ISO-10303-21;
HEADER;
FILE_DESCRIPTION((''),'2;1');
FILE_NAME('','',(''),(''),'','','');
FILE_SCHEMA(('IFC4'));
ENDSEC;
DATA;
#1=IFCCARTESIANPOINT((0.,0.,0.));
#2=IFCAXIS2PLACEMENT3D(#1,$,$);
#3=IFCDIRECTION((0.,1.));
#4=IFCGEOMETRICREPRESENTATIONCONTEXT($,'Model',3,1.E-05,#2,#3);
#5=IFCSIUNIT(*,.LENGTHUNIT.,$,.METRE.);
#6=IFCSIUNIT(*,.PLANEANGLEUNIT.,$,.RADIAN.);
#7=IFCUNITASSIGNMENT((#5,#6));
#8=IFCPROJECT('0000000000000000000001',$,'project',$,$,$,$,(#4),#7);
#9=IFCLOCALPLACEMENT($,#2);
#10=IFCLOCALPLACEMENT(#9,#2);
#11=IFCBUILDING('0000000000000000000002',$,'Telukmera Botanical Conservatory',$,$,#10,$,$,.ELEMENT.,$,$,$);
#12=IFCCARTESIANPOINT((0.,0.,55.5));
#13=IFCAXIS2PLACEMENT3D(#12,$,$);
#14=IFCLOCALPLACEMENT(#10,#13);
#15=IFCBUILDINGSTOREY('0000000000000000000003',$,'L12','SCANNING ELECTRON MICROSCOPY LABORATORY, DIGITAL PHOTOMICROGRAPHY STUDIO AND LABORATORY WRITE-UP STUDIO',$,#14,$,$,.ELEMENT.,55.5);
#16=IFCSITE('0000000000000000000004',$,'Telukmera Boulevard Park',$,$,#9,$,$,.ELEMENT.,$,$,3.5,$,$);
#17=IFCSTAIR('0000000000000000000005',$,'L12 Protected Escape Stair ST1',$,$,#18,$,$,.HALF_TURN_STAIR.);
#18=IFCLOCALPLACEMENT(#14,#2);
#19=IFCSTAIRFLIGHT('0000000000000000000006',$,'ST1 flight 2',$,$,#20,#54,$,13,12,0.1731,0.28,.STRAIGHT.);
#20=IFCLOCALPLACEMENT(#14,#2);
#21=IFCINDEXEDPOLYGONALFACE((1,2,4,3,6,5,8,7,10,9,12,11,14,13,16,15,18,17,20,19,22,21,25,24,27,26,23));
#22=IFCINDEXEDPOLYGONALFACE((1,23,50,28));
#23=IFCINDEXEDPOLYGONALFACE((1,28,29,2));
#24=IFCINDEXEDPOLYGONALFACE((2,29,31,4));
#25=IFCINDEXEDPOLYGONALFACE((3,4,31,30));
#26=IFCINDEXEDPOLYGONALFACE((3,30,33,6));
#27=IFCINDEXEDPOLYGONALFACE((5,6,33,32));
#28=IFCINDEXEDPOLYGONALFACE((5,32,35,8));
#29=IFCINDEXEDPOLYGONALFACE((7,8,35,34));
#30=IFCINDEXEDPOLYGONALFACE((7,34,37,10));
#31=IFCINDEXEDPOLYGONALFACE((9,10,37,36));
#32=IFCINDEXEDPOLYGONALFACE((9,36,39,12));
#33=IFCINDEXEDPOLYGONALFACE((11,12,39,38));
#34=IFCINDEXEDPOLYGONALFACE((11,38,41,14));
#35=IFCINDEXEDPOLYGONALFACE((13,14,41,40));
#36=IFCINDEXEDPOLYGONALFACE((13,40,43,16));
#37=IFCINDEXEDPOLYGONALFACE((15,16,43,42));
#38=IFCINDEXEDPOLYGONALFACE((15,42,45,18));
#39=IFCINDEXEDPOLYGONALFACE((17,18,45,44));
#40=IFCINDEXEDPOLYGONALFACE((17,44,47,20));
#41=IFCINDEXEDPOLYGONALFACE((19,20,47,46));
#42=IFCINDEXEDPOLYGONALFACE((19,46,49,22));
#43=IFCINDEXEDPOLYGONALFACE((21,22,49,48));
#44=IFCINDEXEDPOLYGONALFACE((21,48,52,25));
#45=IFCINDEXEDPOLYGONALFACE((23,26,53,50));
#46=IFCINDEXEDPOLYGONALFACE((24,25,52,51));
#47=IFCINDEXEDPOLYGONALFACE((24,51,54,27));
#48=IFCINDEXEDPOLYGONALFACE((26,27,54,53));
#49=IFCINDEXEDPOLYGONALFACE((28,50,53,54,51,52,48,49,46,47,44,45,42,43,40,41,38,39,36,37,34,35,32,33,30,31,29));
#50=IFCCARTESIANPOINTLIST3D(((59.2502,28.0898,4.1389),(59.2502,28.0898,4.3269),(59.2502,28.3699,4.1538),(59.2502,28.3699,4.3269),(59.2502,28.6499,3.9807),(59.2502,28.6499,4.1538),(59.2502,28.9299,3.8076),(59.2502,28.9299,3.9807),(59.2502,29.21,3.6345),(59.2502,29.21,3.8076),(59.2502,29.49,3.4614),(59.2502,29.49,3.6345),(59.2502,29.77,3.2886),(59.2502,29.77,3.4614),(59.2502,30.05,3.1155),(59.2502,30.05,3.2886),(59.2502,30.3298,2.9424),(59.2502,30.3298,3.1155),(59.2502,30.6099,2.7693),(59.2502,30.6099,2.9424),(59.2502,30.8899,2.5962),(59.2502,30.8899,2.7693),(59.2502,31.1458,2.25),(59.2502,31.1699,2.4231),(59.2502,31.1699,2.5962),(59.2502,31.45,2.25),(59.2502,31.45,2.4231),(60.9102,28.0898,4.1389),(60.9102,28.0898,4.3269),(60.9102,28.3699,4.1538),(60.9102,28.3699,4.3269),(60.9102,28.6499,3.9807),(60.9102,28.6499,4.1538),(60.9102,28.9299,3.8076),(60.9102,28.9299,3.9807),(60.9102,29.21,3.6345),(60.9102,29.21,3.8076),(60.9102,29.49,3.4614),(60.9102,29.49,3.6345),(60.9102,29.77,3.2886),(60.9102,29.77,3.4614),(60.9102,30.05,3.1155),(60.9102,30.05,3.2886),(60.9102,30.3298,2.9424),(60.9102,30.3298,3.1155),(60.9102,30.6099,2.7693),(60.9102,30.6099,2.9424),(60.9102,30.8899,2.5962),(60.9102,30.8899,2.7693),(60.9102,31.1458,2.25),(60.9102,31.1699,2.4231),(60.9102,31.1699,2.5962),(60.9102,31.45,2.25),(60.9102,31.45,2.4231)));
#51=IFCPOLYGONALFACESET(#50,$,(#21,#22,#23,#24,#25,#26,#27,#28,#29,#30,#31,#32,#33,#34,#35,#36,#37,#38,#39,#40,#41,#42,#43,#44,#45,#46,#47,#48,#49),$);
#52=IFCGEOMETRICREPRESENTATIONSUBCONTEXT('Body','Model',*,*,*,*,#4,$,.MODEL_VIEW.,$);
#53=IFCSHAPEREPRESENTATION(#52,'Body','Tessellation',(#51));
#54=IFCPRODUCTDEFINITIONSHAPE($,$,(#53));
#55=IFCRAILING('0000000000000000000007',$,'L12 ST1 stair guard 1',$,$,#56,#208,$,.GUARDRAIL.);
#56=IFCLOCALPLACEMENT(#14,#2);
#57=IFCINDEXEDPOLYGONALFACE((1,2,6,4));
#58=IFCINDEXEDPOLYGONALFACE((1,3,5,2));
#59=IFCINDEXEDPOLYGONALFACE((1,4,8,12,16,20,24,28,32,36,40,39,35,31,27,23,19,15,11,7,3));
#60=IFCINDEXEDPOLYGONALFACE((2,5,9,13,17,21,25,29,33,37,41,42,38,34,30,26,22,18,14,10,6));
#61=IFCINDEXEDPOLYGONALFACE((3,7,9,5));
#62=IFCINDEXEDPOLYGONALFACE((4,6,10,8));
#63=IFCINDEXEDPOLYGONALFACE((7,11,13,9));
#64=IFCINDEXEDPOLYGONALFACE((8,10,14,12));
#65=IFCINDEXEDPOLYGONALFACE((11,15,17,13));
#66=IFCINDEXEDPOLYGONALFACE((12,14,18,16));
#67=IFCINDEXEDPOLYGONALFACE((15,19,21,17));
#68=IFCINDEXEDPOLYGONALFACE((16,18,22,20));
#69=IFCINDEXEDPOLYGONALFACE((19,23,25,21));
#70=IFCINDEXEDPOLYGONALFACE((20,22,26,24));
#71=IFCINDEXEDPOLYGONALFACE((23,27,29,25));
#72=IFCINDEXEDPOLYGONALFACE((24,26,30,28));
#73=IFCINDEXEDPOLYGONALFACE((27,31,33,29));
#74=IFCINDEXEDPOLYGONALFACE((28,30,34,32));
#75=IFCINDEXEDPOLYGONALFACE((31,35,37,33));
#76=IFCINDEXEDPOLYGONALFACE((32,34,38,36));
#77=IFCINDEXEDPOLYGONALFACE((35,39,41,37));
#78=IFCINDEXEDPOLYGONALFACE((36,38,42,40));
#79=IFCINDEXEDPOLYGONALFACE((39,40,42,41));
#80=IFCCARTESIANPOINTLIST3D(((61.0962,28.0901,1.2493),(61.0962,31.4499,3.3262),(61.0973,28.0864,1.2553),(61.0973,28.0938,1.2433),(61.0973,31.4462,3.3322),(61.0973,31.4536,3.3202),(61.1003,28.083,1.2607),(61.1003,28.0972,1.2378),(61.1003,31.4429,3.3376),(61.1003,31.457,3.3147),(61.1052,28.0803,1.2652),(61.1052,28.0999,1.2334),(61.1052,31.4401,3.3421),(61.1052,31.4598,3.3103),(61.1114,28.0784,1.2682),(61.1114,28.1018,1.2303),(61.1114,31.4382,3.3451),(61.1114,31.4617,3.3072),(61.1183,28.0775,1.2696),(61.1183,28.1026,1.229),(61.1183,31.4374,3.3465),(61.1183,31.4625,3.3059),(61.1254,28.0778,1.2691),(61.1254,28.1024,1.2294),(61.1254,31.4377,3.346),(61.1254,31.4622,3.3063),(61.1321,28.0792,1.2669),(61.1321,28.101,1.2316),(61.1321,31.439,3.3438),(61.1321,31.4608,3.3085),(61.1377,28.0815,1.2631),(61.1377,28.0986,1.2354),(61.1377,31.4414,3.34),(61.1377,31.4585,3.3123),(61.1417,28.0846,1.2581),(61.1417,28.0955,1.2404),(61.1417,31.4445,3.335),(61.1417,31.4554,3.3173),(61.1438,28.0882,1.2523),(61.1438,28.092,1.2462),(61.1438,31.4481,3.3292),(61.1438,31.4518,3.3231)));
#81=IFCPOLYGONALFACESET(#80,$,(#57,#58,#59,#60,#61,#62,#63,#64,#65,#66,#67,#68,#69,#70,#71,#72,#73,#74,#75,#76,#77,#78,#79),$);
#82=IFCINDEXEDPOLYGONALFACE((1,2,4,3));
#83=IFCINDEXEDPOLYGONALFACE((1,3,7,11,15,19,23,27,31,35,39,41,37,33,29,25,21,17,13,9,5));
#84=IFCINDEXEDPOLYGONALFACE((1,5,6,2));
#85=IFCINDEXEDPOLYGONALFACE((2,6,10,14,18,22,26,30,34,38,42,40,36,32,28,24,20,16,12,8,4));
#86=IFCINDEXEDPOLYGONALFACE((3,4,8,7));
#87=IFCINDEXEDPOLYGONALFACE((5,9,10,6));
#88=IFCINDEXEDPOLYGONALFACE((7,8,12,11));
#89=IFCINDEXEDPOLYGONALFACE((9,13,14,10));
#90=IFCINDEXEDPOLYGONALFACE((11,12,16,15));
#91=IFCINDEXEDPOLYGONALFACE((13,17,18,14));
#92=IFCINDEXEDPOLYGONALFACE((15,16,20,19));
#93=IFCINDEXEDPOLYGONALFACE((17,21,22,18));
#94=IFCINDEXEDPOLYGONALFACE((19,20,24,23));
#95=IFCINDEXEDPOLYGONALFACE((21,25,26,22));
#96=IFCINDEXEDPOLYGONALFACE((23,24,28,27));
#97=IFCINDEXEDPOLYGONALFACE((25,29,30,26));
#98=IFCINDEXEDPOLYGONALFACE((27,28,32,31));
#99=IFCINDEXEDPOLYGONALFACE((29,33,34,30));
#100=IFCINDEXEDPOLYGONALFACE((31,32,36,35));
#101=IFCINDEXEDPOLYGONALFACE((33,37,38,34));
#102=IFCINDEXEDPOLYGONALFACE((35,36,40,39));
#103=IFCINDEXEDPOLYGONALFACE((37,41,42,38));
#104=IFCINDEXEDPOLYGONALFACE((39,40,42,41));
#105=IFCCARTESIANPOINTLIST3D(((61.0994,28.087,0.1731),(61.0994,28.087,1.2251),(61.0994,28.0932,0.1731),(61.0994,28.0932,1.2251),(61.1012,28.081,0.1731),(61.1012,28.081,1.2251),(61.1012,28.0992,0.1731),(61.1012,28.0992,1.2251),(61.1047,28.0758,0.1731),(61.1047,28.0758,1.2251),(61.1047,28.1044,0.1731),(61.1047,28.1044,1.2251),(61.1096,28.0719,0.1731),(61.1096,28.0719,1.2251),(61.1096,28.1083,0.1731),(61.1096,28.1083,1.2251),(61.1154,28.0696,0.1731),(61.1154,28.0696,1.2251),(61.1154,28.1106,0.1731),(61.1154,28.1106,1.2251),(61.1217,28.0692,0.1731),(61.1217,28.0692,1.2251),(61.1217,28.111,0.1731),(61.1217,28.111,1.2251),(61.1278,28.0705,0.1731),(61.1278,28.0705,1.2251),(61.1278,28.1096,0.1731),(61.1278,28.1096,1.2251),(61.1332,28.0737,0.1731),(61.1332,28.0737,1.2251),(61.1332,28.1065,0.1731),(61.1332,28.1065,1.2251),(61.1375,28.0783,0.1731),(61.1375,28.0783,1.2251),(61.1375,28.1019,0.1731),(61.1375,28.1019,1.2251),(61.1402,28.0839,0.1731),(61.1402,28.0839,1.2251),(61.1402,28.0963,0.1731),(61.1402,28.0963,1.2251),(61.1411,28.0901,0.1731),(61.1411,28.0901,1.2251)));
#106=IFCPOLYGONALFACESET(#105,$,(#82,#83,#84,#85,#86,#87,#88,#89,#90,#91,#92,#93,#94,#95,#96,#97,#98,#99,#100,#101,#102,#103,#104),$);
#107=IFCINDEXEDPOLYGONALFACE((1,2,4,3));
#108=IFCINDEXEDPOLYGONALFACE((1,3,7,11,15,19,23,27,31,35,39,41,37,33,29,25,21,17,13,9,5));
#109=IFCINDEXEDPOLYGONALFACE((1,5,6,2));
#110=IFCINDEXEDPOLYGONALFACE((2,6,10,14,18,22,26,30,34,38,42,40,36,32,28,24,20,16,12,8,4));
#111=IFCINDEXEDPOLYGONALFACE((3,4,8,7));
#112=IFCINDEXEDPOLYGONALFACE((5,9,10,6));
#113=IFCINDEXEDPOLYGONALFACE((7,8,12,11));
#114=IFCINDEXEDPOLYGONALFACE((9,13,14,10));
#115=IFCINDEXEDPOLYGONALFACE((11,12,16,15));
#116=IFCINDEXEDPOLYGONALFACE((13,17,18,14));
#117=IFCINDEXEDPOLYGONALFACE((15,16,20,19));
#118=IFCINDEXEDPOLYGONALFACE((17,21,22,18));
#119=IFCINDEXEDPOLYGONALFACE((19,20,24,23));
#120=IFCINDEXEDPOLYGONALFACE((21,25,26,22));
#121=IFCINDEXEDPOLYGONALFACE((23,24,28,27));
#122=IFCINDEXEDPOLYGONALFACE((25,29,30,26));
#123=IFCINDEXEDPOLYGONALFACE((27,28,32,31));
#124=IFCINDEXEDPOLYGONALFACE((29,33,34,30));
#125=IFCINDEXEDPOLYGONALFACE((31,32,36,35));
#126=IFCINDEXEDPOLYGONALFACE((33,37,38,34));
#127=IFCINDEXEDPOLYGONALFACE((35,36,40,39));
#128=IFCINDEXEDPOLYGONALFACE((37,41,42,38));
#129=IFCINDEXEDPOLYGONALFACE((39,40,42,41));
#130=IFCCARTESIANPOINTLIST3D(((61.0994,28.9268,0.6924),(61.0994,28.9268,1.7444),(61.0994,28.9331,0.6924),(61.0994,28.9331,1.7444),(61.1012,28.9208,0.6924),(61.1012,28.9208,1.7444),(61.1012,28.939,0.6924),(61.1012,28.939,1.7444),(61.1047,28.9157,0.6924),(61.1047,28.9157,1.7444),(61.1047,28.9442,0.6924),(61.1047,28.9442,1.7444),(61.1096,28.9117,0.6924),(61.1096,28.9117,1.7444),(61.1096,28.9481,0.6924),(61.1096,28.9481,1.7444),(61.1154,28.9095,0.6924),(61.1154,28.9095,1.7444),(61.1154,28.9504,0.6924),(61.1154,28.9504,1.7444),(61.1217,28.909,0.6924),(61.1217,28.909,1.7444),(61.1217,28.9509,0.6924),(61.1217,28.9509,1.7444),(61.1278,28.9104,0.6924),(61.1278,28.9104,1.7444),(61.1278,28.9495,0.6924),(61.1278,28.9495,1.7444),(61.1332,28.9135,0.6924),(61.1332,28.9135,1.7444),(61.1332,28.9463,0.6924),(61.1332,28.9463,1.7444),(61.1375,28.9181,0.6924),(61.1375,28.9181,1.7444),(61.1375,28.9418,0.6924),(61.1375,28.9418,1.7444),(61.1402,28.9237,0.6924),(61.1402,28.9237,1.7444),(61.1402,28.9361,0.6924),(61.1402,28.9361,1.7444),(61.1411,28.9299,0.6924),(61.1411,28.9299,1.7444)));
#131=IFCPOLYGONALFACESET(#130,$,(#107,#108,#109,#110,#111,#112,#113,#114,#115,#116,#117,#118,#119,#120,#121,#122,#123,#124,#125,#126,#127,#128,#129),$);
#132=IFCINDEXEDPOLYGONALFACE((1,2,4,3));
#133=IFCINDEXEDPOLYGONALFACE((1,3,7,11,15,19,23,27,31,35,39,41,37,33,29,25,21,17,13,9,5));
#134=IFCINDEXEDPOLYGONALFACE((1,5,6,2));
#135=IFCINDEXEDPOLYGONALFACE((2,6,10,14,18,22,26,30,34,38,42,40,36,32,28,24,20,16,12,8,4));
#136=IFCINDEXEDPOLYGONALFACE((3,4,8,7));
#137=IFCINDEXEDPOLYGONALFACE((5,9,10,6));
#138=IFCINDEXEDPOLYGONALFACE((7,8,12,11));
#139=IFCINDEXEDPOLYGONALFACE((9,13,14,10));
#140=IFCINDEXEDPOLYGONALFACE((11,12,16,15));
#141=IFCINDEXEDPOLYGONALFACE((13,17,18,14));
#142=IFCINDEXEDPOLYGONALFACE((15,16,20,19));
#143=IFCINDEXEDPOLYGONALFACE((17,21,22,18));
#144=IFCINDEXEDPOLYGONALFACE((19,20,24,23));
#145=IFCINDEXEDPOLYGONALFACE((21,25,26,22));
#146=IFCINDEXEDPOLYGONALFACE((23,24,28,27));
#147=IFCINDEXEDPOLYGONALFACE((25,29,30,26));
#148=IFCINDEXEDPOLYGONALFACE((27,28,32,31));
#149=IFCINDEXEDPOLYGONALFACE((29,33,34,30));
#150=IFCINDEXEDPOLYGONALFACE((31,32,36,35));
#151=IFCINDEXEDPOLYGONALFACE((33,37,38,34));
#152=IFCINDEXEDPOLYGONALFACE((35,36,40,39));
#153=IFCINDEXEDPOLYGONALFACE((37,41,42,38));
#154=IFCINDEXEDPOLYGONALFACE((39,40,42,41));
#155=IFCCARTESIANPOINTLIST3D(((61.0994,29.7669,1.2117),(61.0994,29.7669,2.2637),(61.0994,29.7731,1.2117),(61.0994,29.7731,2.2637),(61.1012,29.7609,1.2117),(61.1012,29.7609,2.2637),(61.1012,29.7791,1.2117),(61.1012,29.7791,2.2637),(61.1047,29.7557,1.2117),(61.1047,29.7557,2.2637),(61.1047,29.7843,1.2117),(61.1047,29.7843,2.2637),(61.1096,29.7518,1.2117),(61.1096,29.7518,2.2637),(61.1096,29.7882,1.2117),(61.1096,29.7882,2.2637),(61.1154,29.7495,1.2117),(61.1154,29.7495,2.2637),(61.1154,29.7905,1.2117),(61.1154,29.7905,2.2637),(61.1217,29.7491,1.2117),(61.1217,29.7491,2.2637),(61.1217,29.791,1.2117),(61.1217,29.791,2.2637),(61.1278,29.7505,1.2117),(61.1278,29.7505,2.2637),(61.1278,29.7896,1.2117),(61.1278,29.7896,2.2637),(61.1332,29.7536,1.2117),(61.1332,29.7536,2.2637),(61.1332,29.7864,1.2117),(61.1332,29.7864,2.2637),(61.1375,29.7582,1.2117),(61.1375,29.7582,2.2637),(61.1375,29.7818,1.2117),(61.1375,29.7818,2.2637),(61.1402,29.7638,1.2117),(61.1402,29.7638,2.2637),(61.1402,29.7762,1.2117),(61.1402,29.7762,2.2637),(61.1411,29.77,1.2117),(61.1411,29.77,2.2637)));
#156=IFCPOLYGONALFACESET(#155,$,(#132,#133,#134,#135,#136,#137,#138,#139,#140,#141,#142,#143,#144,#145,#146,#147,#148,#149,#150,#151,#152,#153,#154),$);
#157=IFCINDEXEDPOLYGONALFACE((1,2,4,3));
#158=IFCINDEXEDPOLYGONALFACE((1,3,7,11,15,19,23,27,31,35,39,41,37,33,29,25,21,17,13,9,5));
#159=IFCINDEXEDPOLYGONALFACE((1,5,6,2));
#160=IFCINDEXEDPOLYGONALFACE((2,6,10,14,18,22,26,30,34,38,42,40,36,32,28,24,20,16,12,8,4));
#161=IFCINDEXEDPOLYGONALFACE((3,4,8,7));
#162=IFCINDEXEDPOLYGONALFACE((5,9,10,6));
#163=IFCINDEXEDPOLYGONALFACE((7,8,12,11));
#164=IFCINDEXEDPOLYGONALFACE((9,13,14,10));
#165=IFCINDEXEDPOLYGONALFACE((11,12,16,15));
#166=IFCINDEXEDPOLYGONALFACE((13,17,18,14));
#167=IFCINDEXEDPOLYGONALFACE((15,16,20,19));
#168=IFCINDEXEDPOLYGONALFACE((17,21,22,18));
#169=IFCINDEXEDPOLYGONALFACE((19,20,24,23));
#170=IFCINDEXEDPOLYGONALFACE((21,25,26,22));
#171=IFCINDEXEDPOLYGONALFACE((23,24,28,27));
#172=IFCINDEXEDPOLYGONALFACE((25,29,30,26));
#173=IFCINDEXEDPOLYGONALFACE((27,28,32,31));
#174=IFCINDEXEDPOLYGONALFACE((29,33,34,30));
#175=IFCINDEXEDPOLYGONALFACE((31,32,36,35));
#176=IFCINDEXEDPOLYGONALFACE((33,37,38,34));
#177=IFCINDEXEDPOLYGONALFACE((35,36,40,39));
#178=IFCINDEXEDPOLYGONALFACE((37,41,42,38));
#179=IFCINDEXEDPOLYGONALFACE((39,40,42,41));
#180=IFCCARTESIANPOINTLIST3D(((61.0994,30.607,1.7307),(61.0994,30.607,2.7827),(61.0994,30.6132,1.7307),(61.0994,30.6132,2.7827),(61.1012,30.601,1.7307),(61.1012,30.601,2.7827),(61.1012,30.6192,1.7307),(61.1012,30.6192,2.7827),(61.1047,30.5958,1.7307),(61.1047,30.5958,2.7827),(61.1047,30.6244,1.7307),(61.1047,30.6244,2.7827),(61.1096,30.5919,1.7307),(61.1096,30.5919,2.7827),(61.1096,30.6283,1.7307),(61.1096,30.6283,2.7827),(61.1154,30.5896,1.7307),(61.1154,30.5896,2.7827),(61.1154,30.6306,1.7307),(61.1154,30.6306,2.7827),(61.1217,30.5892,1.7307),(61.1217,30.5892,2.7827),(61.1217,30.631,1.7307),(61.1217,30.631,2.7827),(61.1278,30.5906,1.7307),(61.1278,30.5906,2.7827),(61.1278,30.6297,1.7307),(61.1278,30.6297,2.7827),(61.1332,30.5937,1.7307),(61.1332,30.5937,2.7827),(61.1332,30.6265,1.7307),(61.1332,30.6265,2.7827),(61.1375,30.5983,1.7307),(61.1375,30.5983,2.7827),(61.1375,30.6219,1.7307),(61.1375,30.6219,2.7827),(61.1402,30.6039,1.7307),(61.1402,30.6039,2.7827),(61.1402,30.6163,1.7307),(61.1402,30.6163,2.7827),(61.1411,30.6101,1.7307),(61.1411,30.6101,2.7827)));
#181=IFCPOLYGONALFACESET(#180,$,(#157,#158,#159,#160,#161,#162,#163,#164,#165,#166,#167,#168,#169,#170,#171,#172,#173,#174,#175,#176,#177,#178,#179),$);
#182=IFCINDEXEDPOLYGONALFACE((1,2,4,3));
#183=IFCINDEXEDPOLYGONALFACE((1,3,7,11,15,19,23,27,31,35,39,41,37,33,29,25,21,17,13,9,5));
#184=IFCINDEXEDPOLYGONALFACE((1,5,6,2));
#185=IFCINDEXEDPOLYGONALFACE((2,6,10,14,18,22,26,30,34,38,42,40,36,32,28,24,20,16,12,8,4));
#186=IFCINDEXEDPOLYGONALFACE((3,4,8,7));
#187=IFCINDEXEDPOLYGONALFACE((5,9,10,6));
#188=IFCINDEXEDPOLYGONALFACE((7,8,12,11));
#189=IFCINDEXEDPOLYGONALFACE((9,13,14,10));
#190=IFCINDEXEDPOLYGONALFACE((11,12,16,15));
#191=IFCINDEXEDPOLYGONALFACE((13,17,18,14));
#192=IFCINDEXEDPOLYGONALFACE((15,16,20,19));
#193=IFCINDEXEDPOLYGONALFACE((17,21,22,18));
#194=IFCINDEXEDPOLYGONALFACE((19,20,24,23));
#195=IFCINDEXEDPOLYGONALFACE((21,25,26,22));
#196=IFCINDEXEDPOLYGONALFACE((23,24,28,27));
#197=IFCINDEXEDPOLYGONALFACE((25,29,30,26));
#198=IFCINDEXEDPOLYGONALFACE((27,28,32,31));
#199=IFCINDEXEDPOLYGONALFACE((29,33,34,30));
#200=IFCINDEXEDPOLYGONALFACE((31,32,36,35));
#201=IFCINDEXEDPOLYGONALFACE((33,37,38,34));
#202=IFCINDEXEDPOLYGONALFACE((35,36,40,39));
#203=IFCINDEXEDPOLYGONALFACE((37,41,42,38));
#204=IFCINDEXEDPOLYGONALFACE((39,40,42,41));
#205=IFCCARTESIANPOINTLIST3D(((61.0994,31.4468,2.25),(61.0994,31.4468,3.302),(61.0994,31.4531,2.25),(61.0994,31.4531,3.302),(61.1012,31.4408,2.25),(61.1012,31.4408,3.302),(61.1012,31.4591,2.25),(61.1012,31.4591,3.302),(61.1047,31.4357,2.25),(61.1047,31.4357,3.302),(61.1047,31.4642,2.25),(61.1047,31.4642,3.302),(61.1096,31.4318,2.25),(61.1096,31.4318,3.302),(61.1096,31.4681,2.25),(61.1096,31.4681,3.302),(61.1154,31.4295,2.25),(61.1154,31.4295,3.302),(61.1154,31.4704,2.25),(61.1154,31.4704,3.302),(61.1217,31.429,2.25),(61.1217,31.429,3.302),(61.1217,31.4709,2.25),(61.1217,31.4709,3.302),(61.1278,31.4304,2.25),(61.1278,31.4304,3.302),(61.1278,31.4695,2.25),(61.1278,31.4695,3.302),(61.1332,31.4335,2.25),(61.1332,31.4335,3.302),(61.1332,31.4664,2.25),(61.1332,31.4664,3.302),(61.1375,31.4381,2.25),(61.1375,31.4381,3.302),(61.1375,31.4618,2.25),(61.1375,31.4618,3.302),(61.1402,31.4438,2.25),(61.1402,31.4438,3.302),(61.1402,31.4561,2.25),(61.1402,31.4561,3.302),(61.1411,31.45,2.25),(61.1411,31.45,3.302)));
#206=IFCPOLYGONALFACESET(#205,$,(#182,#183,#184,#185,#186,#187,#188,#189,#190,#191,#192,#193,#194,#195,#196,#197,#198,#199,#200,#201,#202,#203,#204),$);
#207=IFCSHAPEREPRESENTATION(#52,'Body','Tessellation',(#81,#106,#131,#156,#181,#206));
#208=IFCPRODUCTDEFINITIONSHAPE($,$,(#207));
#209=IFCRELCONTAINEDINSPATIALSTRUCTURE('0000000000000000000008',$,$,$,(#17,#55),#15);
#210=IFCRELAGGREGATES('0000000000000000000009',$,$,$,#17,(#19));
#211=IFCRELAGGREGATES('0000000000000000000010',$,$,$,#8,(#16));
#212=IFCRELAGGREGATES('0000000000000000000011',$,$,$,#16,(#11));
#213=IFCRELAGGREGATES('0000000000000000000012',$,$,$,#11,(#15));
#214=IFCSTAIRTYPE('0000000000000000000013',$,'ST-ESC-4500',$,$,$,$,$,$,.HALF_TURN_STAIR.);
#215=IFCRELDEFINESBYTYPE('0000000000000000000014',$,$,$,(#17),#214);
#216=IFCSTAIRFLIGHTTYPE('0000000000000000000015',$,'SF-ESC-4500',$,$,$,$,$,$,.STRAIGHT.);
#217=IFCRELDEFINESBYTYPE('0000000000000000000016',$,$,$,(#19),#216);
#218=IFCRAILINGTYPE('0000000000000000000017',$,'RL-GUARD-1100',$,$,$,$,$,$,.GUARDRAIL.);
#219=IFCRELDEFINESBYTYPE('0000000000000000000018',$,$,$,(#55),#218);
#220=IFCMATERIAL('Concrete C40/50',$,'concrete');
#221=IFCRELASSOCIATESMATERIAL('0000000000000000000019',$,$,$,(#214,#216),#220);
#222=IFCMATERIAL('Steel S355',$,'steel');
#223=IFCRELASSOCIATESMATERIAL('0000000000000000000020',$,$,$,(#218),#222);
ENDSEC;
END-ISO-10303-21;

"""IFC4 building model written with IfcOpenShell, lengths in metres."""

from ifc_helpers import new_model, si_unit, direction, frame, origin, origin_2d, place, context, subcontext, project, spatial, polyline, circle, outline, extrude, material, type_object, element, aggregate, save


model = new_model("IFC4")

# Units and contexts
model_context = context("Model", 3, precision=1e-05, world=origin(), true_north=direction((0.0, 1.0)))
body_context = subcontext(model_context, "Body", "Model", "MODEL_VIEW")
ifc_project = project(units=[si_unit("LENGTHUNIT", "METRE"), si_unit("PLANEANGLEUNIT", "RADIAN")], contexts=[model_context])

# Site, building, storey
site_placement = place(None, origin())
site = spatial("IfcSite", under=ifc_project, at=site_placement, Name="Telukmera Boulevard Park", CompositionType="ELEMENT", RefElevation=3.5)
building_placement = place(site_placement, origin())
building = spatial("IfcBuilding", under=site, at=building_placement, Name="Telukmera Botanical Conservatory", CompositionType="ELEMENT")
storey_placement = place(building_placement, frame((0.0, 0.0, 55.5)))
storey = spatial("IfcBuildingStorey", under=building, at=storey_placement, Name="L12", Description="SCANNING ELECTRON MICROSCOPY LABORATORY, DIGITAL PHOTOMICROGRAPHY STUDIO AND LABORATORY WRITE-UP STUDIO", CompositionType="ELEMENT", Elevation=55.5)

# Stair, stair flight
ifc_material_1 = material(Name="Concrete C40/50", Category="concrete")
stair_type = type_object("IfcStairType", Name="ST-ESC-4500", PredefinedType="HALF_TURN_STAIR", material=ifc_material_1)
stair_placement = place(storey_placement, origin())
stair = element("IfcStair", 1, at=stair_placement, inside=storey, type_object=stair_type, Name="L12 Protected Escape Stair ST1", PredefinedType="HALF_TURN_STAIR")
stair_flight_type = type_object("IfcStairFlightType", Name="SF-ESC-4500", PredefinedType="STRAIGHT", material=ifc_material_1)
stair_flight_1_placement = place(storey_placement, frame((60.0801, 31.45, 2.25), z_axis=(0.0, 0.0, 1.0), x_axis=(0.0, -1.0, 0.0)))
stair_flight_1 = element("IfcStairFlight", 2, at=stair_flight_1_placement, type_object=stair_flight_type, Name="ST1 flight 2", NumberOfRisers=13, NumberOfTreads=12, PredefinedType="STRAIGHT", RiserHeight=0.1731, TreadLength=0.28, context=body_context, shape_type="SweptSolid", body=[
    extrude(outline(polyline([(0.0, 0.0), (0.0, 0.1731), (0.28, 0.1731), (0.28, 0.3462), (0.5601, 0.3462), (0.5601, 0.5193), (0.8401, 0.5193), (0.8401, 0.6924), (1.1201, 0.6924), (1.1201, 0.8655), (1.3999, 0.8655), (1.3999, 1.0386), (1.6799, 1.0386), (1.6799, 1.2114), (1.96, 1.2114), (1.96, 1.3845), (2.24, 1.3845), (2.24, 1.5576), (2.52, 1.5576), (2.52, 1.7307), (2.8, 1.7307), (2.8, 1.9038), (3.0801, 1.9038), (3.0801, 2.0769), (3.3601, 2.0769), (3.3601, 2.25), (3.3601, 1.8889), (0.3042, 0.0), (0.0, 0.0)])), frame((0.0, 0.8301, 0.0), z_axis=(0.0, -1.0, 0.0), x_axis=(1.0, 0.0, 0.0)), (0.0, 0.0, 1.0), 1.6599),
])
aggregate(stair, [stair_flight_1])

# Railing
ifc_material_2 = material(Name="Steel S355", Category="steel")
railing_type_1 = type_object("IfcRailingType", Name="RL-GUARD-1100", PredefinedType="GUARDRAIL", material=ifc_material_2)
railing_1_placement = place(storey_placement, frame((61.1201, 28.0901, 0.1731)))
element("IfcRailing", 3, at=railing_1_placement, inside=storey, type_object=railing_type_1, Name="L12 ST1 stair guard 1", PredefinedType="GUARDRAIL", context=body_context, shape_type="SweptSolid", body=[
    extrude(circle(Radius=0.0239, at=origin_2d()), frame((0.0, 0.0, 1.0762), z_axis=(0.0, 0.850606, 0.525803), x_axis=(-1.0, 0.0, 0.0)), (0.0, 0.0, 1.0), 3.95),
    extrude(circle(Radius=0.021, at=origin_2d()), origin(), (0.0, 0.0, 1.0), 1.052),
    extrude(circle(Radius=0.021, at=origin_2d()), frame((0.0, 0.8398, 0.5193)), (0.0, 0.0, 1.0), 1.052),
    extrude(circle(Radius=0.021, at=origin_2d()), frame((0.0, 1.6799, 1.0386)), (0.0, 0.0, 1.0), 1.052),
    extrude(circle(Radius=0.021, at=origin_2d()), frame((0.0, 2.52, 1.5576)), (0.0, 0.0, 1.0), 1.052),
    extrude(circle(Radius=0.021, at=origin_2d()), frame((0.0, 3.3599, 2.0769)), (0.0, 0.0, 1.0), 1.052),
])

save(model, "model.ifc")
